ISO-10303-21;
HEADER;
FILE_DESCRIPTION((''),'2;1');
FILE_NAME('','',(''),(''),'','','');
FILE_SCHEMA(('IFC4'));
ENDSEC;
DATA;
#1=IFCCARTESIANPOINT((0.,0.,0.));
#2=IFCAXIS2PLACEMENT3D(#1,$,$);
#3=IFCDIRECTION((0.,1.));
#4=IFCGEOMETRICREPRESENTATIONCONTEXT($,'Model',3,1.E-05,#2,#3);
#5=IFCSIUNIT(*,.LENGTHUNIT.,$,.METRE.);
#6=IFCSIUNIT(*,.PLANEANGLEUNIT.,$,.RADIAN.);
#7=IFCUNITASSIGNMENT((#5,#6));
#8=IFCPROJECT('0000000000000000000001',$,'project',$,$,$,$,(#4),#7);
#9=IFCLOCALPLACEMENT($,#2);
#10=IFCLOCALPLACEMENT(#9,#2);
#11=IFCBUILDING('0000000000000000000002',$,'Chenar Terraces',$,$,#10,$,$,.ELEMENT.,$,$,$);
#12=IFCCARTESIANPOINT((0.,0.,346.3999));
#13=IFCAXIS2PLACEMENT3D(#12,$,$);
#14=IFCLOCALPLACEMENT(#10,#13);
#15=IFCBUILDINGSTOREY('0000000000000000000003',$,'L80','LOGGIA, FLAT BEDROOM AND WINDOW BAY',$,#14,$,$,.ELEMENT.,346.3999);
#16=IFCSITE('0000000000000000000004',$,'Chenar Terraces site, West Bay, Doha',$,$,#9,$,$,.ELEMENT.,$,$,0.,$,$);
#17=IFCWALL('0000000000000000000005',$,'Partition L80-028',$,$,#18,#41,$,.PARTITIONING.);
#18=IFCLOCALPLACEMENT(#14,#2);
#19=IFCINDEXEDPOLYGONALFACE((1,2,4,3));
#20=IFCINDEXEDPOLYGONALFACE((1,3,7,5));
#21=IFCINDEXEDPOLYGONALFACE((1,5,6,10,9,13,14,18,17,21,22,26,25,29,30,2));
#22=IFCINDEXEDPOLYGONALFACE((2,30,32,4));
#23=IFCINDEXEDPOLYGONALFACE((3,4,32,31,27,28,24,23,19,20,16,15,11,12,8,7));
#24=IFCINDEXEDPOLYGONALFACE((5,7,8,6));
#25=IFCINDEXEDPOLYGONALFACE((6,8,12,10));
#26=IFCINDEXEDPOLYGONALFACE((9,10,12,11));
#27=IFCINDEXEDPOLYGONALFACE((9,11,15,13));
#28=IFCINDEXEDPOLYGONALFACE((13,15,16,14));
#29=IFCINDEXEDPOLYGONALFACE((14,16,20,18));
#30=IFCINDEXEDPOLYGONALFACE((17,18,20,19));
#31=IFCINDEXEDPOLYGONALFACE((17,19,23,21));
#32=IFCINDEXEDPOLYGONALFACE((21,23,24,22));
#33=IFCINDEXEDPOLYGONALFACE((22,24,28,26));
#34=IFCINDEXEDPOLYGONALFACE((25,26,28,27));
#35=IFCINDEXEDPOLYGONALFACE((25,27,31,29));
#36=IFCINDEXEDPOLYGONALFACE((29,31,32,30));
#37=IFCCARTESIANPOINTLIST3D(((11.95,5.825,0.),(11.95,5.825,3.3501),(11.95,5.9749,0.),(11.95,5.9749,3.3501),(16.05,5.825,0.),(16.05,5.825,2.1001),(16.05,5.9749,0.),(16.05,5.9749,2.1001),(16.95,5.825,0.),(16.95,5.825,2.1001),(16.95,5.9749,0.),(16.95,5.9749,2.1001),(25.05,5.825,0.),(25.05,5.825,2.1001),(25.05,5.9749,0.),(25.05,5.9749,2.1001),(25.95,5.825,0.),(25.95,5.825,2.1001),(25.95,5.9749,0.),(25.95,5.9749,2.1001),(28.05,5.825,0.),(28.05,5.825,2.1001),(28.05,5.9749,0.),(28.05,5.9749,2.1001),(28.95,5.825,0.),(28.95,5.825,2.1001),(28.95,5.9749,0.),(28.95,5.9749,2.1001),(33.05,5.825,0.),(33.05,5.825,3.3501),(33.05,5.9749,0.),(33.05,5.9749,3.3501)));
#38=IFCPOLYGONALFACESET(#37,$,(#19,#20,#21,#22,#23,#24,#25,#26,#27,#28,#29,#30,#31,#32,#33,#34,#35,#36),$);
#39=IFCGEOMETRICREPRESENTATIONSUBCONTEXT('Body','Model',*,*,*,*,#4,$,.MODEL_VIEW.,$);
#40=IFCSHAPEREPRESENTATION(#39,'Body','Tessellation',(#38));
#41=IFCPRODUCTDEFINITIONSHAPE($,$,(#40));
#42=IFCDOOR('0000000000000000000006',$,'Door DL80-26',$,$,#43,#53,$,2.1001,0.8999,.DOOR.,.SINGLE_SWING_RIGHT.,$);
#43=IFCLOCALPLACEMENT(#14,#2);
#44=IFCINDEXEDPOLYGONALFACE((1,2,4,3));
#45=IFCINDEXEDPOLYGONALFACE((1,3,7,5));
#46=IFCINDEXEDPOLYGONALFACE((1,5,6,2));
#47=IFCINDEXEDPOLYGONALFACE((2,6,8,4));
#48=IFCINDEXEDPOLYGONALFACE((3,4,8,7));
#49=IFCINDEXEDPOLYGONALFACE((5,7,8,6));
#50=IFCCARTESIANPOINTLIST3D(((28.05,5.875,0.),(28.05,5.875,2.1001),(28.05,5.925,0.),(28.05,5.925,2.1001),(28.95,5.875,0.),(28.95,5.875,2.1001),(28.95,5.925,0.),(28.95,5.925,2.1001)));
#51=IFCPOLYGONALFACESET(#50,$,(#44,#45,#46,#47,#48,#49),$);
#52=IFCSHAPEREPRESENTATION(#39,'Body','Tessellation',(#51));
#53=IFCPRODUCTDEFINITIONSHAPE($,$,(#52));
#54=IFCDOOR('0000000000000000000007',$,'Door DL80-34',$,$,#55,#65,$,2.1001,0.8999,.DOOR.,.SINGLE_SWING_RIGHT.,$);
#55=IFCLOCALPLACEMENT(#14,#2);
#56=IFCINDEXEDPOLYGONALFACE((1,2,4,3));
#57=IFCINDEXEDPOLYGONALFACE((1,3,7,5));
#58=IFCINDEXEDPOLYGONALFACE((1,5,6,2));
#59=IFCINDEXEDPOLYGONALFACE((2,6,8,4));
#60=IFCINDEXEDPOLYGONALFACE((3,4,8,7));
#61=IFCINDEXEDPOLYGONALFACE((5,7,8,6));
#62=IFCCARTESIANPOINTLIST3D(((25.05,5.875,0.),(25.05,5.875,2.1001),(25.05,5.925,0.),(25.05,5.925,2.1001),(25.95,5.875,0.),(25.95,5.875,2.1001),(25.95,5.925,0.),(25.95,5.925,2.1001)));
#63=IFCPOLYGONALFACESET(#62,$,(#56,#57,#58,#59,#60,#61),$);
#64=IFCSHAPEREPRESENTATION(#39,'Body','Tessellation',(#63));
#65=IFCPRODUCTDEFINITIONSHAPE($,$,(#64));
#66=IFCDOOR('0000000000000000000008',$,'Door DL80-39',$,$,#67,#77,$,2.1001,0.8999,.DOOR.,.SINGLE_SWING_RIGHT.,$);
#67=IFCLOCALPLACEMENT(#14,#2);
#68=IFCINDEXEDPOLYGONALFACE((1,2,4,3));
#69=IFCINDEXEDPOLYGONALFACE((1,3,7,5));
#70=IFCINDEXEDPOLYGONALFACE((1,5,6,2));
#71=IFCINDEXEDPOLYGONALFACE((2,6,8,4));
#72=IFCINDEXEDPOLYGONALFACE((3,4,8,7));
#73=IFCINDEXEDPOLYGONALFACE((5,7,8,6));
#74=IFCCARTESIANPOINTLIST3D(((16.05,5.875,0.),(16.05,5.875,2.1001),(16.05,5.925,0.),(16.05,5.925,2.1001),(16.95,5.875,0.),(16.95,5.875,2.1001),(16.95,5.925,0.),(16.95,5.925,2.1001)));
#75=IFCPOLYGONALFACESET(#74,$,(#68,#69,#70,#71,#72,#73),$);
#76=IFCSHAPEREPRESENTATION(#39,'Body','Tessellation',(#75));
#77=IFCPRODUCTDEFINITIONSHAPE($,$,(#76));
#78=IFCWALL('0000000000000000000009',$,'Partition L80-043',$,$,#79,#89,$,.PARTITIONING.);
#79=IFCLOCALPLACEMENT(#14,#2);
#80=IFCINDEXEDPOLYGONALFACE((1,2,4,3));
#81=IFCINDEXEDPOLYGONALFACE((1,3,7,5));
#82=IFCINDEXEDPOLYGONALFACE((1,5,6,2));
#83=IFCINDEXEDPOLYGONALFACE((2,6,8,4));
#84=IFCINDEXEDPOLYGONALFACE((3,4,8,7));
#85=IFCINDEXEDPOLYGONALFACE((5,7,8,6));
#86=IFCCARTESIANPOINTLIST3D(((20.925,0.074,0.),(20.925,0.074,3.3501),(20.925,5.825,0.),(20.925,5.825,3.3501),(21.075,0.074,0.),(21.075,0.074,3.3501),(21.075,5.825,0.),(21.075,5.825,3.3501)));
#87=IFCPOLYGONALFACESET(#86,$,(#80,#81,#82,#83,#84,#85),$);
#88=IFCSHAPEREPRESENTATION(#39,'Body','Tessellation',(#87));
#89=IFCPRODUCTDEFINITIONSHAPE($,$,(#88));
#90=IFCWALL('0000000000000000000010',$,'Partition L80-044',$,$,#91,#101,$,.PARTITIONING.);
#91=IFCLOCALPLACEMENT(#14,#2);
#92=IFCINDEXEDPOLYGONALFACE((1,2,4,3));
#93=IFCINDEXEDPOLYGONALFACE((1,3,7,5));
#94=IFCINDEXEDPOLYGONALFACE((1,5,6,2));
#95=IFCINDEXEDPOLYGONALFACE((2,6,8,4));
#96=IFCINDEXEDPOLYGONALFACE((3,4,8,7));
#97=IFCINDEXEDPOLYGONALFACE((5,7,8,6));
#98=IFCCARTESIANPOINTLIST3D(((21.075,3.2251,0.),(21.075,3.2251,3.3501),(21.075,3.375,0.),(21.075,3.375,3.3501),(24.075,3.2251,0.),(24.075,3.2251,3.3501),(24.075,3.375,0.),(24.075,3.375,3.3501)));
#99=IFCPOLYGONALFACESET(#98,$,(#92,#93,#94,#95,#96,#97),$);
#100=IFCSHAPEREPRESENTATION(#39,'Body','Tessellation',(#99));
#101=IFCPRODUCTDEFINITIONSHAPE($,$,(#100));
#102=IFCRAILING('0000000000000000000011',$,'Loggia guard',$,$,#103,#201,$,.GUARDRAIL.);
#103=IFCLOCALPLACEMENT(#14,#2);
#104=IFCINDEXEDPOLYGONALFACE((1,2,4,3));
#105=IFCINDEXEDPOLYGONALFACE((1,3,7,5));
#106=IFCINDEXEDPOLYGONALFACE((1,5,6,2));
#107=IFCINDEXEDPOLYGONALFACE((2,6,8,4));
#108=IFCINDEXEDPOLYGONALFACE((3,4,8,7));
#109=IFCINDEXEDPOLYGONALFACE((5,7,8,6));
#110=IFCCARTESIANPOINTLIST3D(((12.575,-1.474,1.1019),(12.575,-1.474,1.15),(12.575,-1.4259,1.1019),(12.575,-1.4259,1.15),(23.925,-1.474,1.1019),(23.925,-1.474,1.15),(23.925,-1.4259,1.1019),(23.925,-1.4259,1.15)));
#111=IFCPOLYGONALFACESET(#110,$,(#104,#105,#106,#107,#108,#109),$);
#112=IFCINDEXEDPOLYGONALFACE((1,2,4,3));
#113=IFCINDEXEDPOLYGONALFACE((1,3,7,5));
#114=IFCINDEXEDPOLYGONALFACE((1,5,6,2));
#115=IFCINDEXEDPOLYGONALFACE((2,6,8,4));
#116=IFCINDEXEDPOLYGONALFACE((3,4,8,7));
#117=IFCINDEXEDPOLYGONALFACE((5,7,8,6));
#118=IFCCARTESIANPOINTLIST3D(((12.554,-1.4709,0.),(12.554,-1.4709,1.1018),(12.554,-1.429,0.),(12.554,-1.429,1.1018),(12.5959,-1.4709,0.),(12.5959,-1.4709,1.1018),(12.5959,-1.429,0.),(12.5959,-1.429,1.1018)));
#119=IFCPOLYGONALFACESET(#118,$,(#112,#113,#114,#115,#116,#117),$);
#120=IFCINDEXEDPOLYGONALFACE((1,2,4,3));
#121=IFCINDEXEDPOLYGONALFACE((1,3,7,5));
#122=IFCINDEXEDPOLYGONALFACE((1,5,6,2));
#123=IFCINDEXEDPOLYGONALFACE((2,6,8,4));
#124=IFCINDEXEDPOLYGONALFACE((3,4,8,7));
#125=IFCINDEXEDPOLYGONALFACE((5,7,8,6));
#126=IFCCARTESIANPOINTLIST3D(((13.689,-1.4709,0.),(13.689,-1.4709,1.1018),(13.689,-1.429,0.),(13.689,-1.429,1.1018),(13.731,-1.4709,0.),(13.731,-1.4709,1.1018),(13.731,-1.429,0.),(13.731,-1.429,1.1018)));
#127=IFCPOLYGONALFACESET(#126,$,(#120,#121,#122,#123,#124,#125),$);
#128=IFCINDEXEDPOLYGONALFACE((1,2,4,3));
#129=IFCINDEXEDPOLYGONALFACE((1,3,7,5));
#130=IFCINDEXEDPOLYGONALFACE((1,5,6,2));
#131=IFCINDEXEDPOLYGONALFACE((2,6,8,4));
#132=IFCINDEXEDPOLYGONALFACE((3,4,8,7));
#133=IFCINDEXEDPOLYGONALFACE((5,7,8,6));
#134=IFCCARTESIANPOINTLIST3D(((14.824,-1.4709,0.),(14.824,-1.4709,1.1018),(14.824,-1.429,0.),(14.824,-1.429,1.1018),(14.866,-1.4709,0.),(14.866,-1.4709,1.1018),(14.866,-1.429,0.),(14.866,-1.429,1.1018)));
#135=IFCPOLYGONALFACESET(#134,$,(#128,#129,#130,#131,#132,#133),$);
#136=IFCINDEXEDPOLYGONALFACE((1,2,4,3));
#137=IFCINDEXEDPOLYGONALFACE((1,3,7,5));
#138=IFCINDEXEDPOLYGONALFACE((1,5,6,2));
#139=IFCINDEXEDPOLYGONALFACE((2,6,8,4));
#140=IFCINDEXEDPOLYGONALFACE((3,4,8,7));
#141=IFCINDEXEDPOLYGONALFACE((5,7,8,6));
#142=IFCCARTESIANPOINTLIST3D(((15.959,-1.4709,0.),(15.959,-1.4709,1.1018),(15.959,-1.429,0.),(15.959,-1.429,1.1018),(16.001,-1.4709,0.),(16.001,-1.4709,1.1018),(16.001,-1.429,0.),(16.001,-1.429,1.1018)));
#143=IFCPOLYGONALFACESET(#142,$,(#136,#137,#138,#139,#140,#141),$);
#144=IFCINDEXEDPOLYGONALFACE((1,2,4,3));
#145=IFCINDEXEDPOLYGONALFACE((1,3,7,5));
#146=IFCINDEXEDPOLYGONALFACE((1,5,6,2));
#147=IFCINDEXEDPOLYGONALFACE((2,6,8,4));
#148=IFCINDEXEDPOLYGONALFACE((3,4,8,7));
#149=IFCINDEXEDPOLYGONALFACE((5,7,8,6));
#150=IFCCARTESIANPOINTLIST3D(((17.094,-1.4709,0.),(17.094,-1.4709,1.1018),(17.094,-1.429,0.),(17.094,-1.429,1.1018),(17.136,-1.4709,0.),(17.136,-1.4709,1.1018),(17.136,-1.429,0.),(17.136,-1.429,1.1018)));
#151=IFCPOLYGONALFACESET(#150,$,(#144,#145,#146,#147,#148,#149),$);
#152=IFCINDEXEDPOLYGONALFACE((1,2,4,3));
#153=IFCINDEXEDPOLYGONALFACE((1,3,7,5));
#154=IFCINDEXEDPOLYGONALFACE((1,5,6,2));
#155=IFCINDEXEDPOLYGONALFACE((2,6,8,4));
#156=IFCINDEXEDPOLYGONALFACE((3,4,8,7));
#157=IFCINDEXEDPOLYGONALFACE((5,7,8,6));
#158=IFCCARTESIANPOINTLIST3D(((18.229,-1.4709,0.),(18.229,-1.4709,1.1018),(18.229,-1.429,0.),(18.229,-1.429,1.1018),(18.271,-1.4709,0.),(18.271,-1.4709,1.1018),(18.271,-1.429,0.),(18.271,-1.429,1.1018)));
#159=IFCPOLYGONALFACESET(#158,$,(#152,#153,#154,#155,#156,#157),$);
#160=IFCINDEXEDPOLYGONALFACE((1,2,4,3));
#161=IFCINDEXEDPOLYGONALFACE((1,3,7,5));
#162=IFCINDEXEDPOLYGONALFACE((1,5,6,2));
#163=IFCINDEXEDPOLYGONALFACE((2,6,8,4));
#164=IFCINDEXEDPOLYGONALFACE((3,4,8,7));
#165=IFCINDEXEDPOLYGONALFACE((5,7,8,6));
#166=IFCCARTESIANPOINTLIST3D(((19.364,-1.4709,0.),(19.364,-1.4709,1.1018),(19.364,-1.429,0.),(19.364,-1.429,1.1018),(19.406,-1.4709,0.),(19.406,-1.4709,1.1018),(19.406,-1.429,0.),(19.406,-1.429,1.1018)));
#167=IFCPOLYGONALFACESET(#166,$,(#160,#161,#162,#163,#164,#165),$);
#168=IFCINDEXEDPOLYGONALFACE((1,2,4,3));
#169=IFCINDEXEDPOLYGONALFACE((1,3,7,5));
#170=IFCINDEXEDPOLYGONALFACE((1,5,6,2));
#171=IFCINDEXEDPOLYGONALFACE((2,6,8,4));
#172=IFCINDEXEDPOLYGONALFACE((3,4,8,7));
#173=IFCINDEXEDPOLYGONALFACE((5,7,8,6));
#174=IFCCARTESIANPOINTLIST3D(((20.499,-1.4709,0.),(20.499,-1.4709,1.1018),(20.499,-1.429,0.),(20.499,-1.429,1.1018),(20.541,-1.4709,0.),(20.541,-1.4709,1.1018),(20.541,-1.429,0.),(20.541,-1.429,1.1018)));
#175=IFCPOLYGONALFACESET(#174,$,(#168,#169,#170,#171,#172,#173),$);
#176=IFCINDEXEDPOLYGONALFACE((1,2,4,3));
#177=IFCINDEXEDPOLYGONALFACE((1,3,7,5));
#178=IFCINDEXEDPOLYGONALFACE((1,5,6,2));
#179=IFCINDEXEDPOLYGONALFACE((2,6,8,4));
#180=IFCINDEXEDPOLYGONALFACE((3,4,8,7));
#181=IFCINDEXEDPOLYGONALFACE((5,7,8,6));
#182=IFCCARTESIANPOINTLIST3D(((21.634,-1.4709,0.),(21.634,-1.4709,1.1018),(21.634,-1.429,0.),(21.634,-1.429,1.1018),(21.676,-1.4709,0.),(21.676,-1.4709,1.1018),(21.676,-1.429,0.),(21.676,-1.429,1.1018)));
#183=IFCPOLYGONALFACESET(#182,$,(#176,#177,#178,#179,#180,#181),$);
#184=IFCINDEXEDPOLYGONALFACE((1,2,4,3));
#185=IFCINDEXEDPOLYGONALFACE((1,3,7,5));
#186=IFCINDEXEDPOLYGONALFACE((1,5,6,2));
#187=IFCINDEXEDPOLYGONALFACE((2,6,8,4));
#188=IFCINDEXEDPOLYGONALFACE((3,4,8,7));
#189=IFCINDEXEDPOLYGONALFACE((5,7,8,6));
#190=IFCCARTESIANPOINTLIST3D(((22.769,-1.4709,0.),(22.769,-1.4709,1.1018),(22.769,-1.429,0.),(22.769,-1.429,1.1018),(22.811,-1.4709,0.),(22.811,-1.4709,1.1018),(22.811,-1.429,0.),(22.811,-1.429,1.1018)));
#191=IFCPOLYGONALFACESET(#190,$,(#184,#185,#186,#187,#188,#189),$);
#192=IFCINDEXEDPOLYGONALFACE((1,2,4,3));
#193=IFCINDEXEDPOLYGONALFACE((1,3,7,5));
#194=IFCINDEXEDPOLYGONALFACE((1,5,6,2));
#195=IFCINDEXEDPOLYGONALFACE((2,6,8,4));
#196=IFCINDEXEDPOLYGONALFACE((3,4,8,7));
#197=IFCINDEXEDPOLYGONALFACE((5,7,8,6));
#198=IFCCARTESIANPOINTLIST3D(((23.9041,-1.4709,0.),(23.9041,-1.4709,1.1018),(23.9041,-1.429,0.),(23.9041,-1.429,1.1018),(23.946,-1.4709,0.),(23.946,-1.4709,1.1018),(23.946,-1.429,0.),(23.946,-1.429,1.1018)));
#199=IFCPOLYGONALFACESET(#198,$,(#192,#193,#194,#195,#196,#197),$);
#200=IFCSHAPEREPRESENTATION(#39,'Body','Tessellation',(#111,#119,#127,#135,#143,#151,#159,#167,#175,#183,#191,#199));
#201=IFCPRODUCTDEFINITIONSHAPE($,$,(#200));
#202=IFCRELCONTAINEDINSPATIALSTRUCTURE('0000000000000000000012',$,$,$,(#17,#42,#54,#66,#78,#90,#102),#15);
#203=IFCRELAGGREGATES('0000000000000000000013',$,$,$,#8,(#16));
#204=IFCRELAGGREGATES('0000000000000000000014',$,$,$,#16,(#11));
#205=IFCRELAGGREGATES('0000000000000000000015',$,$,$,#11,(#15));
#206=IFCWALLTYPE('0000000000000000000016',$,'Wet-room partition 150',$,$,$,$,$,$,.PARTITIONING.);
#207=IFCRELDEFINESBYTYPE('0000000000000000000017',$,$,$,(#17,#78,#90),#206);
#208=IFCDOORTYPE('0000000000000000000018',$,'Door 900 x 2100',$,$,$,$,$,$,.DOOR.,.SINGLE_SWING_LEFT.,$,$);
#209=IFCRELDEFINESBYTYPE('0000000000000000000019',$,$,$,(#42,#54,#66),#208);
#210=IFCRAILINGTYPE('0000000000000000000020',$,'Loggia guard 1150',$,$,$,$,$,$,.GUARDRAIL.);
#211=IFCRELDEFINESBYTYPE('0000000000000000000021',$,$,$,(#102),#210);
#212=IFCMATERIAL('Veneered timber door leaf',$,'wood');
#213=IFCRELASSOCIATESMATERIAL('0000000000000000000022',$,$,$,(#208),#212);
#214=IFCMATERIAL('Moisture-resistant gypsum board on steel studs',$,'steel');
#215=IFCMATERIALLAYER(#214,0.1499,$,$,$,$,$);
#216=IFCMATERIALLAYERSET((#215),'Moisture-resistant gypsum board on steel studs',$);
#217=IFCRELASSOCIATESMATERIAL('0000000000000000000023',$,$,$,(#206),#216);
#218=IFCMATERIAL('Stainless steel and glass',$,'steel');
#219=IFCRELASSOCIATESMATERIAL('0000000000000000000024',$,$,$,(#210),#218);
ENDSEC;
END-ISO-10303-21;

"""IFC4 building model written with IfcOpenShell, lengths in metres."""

from ifc_helpers import new_model, si_unit, direction, frame, frame_2d, origin, origin_2d, place, context, subcontext, project, spatial, rectangle, extrude, material, layer, layer_set, type_object, element, fill, save


model = new_model("IFC4")

# Units and contexts
model_context = context("Model", 3, precision=1e-05, world=origin(), true_north=direction((0.0, 1.0)))
body_context = subcontext(model_context, "Body", "Model", "MODEL_VIEW")
ifc_project = project(units=[si_unit("LENGTHUNIT", "METRE"), si_unit("PLANEANGLEUNIT", "RADIAN")], contexts=[model_context])

# Site, building, storey
site_placement = place(None, origin())
site = spatial("IfcSite", under=ifc_project, at=site_placement, Name="Chenar Terraces site, West Bay, Doha", CompositionType="ELEMENT", RefElevation=0.0)
building_placement = place(site_placement, origin())
building = spatial("IfcBuilding", under=site, at=building_placement, Name="Chenar Terraces", CompositionType="ELEMENT")
storey_placement = place(building_placement, frame((0.0, 0.0, 346.3999)))
storey = spatial("IfcBuildingStorey", under=building, at=storey_placement, Name="L80", Description="LOGGIA, FLAT BEDROOM AND WINDOW BAY", CompositionType="ELEMENT", Elevation=346.3999)

# Shared definitions
ifc_material_1 = material(Name="Veneered timber door leaf", Category="wood")
door_type_1 = type_object("IfcDoorType", Name="Door 900 x 2100", OperationType="SINGLE_SWING_LEFT", PredefinedType="DOOR", material=ifc_material_1)

# Wall, openings, doors
ifc_material_2 = material(Name="Moisture-resistant gypsum board on steel studs", Category="steel")
ifc_layer_1 = layer(ifc_material_2, 0.1499)
ifc_layer_set_1 = layer_set([ifc_layer_1], Name="Moisture-resistant gypsum board on steel studs")
wall_type_1 = type_object("IfcWallType", Name="Wet-room partition 150", PredefinedType="PARTITIONING", material=ifc_layer_set_1)
wall_1_placement = place(storey_placement, frame((11.95, 5.8999, 0.0), z_axis=(0.0, 0.0, 1.0), x_axis=(1.0, 0.0, 0.0)))
wall_1 = element("IfcWall", 1, at=wall_1_placement, inside=storey, type_object=wall_type_1, Name="Partition L80-028", PredefinedType="PARTITIONING", context=body_context, shape_type="SweptSolid", body=[
    extrude(rectangle(XDim=21.1001, YDim=0.1499, at=frame_2d((10.55, 0.0))), origin(), (0.0, 0.0, 1.0), 3.3501),
])
opening_1_placement = place(wall_1_placement, frame((16.1001, 0.0, 0.0)))
opening_1 = element("IfcOpeningElement", 2, at=opening_1_placement, cuts=wall_1, PredefinedType="OPENING", context=body_context, shape_type="SweptSolid", body=[
    extrude(rectangle(XDim=0.8999, YDim=2.1001, at=frame_2d((0.45, 1.05))), frame((0.0, 0.085, 0.0), z_axis=(0.0, -1.0, 0.0), x_axis=(1.0, 0.0, 0.0)), (0.0, 0.0, 1.0), 0.1699),
])
opening_2_placement = place(wall_1_placement, frame((13.1001, 0.0, 0.0)))
opening_2 = element("IfcOpeningElement", 3, at=opening_2_placement, cuts=wall_1, PredefinedType="OPENING", context=body_context, shape_type="SweptSolid", body=[
    extrude(rectangle(XDim=0.8999, YDim=2.1001, at=frame_2d((0.45, 1.05))), frame((0.0, 0.085, 0.0), z_axis=(0.0, -1.0, 0.0), x_axis=(1.0, 0.0, 0.0)), (0.0, 0.0, 1.0), 0.1699),
])
opening_3_placement = place(wall_1_placement, frame((4.1001, 0.0, 0.0)))
opening_3 = element("IfcOpeningElement", 4, at=opening_3_placement, cuts=wall_1, PredefinedType="OPENING", context=body_context, shape_type="SweptSolid", body=[
    extrude(rectangle(XDim=0.8999, YDim=2.1001, at=frame_2d((0.45, 1.05))), frame((0.0, 0.085, 0.0), z_axis=(0.0, -1.0, 0.0), x_axis=(1.0, 0.0, 0.0)), (0.0, 0.0, 1.0), 0.1699),
])
door_1_placement = place(opening_1_placement, frame((0.8999, 0.0, 0.0), z_axis=(0.0, 0.0, 1.0), x_axis=(-1.0, 0.0, 0.0)))
door_1 = element("IfcDoor", 5, at=door_1_placement, inside=storey, type_object=door_type_1, Name="Door DL80-26", OperationType="SINGLE_SWING_RIGHT", OverallHeight=2.1001, OverallWidth=0.8999, PredefinedType="DOOR", context=body_context, shape_type="SweptSolid", body=[
    extrude(rectangle(XDim=0.8999, YDim=2.1001, at=frame_2d((0.45, 1.05))), frame((0.0, 0.0249, 0.0), z_axis=(0.0, -1.0, 0.0), x_axis=(1.0, 0.0, 0.0)), (0.0, 0.0, 1.0), 0.05),
])
fill(opening_1, door_1)
door_2_placement = place(opening_2_placement, frame((0.8999, 0.0, 0.0), z_axis=(0.0, 0.0, 1.0), x_axis=(-1.0, 0.0, 0.0)))
door_2 = element("IfcDoor", 6, at=door_2_placement, inside=storey, type_object=door_type_1, Name="Door DL80-34", OperationType="SINGLE_SWING_RIGHT", OverallHeight=2.1001, OverallWidth=0.8999, PredefinedType="DOOR", context=body_context, shape_type="SweptSolid", body=[
    extrude(rectangle(XDim=0.8999, YDim=2.1001, at=frame_2d((0.45, 1.05))), frame((0.0, 0.0249, 0.0), z_axis=(0.0, -1.0, 0.0), x_axis=(1.0, 0.0, 0.0)), (0.0, 0.0, 1.0), 0.05),
])
fill(opening_2, door_2)
door_3_placement = place(opening_3_placement, frame((0.8999, 0.0, 0.0), z_axis=(0.0, 0.0, 1.0), x_axis=(-1.0, 0.0, 0.0)))
door_3 = element("IfcDoor", 7, at=door_3_placement, inside=storey, type_object=door_type_1, Name="Door DL80-39", OperationType="SINGLE_SWING_RIGHT", OverallHeight=2.1001, OverallWidth=0.8999, PredefinedType="DOOR", context=body_context, shape_type="SweptSolid", body=[
    extrude(rectangle(XDim=0.8999, YDim=2.1001, at=frame_2d((0.45, 1.05))), frame((0.0, 0.0249, 0.0), z_axis=(0.0, -1.0, 0.0), x_axis=(1.0, 0.0, 0.0)), (0.0, 0.0, 1.0), 0.05),
])
fill(opening_3, door_3)

# Walls
wall_2_placement = place(storey_placement, frame((21.0, 0.074, 0.0), z_axis=(0.0, 0.0, 1.0), x_axis=(0.0, 1.0, 0.0)))
element("IfcWall", 8, at=wall_2_placement, inside=storey, type_object=wall_type_1, Name="Partition L80-043", PredefinedType="PARTITIONING", context=body_context, shape_type="SweptSolid", body=[
    extrude(rectangle(XDim=5.751, YDim=0.1499, at=frame_2d((2.8755, 0.0))), origin(), (0.0, 0.0, 1.0), 3.3501),
])
wall_3_placement = place(storey_placement, frame((21.075, 3.3, 0.0), z_axis=(0.0, 0.0, 1.0), x_axis=(1.0, 0.0, 0.0)))
element("IfcWall", 9, at=wall_3_placement, inside=storey, type_object=wall_type_1, Name="Partition L80-044", PredefinedType="PARTITIONING", context=body_context, shape_type="SweptSolid", body=[
    extrude(rectangle(XDim=3.0, YDim=0.1499, at=frame_2d((1.5, 0.0))), origin(), (0.0, 0.0, 1.0), 3.3501),
])

# Railing
ifc_material_3 = material(Name="Stainless steel and glass", Category="steel")
railing_type = type_object("IfcRailingType", Name="Loggia guard 1150", PredefinedType="GUARDRAIL", material=ifc_material_3)
railing_placement = place(storey_placement, frame((12.575, -1.45, 0.0)))
element("IfcRailing", 10, at=railing_placement, inside=storey, type_object=railing_type, Name="Loggia guard", PredefinedType="GUARDRAIL", context=body_context, shape_type="SweptSolid", body=[
    extrude(rectangle(XDim=0.0481, YDim=0.0481, at=origin_2d()), frame((0.0, 0.0, 1.126), z_axis=(1.0, 0.0, 0.0), x_axis=(0.0, 1.0, 0.0)), (0.0, 0.0, 1.0), 11.3501),
    extrude(rectangle(XDim=0.042, YDim=0.042, at=origin_2d()), origin(), (0.0, 0.0, 1.0), 1.1018),
    extrude(rectangle(XDim=0.042, YDim=0.042, at=origin_2d()), frame((1.135, 0.0, 0.0)), (0.0, 0.0, 1.0), 1.1018),
    extrude(rectangle(XDim=0.042, YDim=0.042, at=origin_2d()), frame((2.27, 0.0, 0.0)), (0.0, 0.0, 1.0), 1.1018),
    extrude(rectangle(XDim=0.042, YDim=0.042, at=origin_2d()), frame((3.405, 0.0, 0.0)), (0.0, 0.0, 1.0), 1.1018),
    extrude(rectangle(XDim=0.042, YDim=0.042, at=origin_2d()), frame((4.54, 0.0, 0.0)), (0.0, 0.0, 1.0), 1.1018),
    extrude(rectangle(XDim=0.042, YDim=0.042, at=origin_2d()), frame((5.675, 0.0, 0.0)), (0.0, 0.0, 1.0), 1.1018),
    extrude(rectangle(XDim=0.042, YDim=0.042, at=origin_2d()), frame((6.8101, 0.0, 0.0)), (0.0, 0.0, 1.0), 1.1018),
    extrude(rectangle(XDim=0.042, YDim=0.042, at=origin_2d()), frame((7.9451, 0.0, 0.0)), (0.0, 0.0, 1.0), 1.1018),
    extrude(rectangle(XDim=0.042, YDim=0.042, at=origin_2d()), frame((9.0801, 0.0, 0.0)), (0.0, 0.0, 1.0), 1.1018),
    extrude(rectangle(XDim=0.042, YDim=0.042, at=origin_2d()), frame((10.2151, 0.0, 0.0)), (0.0, 0.0, 1.0), 1.1018),
    extrude(rectangle(XDim=0.042, YDim=0.042, at=origin_2d()), frame((11.3501, 0.0, 0.0)), (0.0, 0.0, 1.0), 1.1018),
])

save(model, "model.ifc")
